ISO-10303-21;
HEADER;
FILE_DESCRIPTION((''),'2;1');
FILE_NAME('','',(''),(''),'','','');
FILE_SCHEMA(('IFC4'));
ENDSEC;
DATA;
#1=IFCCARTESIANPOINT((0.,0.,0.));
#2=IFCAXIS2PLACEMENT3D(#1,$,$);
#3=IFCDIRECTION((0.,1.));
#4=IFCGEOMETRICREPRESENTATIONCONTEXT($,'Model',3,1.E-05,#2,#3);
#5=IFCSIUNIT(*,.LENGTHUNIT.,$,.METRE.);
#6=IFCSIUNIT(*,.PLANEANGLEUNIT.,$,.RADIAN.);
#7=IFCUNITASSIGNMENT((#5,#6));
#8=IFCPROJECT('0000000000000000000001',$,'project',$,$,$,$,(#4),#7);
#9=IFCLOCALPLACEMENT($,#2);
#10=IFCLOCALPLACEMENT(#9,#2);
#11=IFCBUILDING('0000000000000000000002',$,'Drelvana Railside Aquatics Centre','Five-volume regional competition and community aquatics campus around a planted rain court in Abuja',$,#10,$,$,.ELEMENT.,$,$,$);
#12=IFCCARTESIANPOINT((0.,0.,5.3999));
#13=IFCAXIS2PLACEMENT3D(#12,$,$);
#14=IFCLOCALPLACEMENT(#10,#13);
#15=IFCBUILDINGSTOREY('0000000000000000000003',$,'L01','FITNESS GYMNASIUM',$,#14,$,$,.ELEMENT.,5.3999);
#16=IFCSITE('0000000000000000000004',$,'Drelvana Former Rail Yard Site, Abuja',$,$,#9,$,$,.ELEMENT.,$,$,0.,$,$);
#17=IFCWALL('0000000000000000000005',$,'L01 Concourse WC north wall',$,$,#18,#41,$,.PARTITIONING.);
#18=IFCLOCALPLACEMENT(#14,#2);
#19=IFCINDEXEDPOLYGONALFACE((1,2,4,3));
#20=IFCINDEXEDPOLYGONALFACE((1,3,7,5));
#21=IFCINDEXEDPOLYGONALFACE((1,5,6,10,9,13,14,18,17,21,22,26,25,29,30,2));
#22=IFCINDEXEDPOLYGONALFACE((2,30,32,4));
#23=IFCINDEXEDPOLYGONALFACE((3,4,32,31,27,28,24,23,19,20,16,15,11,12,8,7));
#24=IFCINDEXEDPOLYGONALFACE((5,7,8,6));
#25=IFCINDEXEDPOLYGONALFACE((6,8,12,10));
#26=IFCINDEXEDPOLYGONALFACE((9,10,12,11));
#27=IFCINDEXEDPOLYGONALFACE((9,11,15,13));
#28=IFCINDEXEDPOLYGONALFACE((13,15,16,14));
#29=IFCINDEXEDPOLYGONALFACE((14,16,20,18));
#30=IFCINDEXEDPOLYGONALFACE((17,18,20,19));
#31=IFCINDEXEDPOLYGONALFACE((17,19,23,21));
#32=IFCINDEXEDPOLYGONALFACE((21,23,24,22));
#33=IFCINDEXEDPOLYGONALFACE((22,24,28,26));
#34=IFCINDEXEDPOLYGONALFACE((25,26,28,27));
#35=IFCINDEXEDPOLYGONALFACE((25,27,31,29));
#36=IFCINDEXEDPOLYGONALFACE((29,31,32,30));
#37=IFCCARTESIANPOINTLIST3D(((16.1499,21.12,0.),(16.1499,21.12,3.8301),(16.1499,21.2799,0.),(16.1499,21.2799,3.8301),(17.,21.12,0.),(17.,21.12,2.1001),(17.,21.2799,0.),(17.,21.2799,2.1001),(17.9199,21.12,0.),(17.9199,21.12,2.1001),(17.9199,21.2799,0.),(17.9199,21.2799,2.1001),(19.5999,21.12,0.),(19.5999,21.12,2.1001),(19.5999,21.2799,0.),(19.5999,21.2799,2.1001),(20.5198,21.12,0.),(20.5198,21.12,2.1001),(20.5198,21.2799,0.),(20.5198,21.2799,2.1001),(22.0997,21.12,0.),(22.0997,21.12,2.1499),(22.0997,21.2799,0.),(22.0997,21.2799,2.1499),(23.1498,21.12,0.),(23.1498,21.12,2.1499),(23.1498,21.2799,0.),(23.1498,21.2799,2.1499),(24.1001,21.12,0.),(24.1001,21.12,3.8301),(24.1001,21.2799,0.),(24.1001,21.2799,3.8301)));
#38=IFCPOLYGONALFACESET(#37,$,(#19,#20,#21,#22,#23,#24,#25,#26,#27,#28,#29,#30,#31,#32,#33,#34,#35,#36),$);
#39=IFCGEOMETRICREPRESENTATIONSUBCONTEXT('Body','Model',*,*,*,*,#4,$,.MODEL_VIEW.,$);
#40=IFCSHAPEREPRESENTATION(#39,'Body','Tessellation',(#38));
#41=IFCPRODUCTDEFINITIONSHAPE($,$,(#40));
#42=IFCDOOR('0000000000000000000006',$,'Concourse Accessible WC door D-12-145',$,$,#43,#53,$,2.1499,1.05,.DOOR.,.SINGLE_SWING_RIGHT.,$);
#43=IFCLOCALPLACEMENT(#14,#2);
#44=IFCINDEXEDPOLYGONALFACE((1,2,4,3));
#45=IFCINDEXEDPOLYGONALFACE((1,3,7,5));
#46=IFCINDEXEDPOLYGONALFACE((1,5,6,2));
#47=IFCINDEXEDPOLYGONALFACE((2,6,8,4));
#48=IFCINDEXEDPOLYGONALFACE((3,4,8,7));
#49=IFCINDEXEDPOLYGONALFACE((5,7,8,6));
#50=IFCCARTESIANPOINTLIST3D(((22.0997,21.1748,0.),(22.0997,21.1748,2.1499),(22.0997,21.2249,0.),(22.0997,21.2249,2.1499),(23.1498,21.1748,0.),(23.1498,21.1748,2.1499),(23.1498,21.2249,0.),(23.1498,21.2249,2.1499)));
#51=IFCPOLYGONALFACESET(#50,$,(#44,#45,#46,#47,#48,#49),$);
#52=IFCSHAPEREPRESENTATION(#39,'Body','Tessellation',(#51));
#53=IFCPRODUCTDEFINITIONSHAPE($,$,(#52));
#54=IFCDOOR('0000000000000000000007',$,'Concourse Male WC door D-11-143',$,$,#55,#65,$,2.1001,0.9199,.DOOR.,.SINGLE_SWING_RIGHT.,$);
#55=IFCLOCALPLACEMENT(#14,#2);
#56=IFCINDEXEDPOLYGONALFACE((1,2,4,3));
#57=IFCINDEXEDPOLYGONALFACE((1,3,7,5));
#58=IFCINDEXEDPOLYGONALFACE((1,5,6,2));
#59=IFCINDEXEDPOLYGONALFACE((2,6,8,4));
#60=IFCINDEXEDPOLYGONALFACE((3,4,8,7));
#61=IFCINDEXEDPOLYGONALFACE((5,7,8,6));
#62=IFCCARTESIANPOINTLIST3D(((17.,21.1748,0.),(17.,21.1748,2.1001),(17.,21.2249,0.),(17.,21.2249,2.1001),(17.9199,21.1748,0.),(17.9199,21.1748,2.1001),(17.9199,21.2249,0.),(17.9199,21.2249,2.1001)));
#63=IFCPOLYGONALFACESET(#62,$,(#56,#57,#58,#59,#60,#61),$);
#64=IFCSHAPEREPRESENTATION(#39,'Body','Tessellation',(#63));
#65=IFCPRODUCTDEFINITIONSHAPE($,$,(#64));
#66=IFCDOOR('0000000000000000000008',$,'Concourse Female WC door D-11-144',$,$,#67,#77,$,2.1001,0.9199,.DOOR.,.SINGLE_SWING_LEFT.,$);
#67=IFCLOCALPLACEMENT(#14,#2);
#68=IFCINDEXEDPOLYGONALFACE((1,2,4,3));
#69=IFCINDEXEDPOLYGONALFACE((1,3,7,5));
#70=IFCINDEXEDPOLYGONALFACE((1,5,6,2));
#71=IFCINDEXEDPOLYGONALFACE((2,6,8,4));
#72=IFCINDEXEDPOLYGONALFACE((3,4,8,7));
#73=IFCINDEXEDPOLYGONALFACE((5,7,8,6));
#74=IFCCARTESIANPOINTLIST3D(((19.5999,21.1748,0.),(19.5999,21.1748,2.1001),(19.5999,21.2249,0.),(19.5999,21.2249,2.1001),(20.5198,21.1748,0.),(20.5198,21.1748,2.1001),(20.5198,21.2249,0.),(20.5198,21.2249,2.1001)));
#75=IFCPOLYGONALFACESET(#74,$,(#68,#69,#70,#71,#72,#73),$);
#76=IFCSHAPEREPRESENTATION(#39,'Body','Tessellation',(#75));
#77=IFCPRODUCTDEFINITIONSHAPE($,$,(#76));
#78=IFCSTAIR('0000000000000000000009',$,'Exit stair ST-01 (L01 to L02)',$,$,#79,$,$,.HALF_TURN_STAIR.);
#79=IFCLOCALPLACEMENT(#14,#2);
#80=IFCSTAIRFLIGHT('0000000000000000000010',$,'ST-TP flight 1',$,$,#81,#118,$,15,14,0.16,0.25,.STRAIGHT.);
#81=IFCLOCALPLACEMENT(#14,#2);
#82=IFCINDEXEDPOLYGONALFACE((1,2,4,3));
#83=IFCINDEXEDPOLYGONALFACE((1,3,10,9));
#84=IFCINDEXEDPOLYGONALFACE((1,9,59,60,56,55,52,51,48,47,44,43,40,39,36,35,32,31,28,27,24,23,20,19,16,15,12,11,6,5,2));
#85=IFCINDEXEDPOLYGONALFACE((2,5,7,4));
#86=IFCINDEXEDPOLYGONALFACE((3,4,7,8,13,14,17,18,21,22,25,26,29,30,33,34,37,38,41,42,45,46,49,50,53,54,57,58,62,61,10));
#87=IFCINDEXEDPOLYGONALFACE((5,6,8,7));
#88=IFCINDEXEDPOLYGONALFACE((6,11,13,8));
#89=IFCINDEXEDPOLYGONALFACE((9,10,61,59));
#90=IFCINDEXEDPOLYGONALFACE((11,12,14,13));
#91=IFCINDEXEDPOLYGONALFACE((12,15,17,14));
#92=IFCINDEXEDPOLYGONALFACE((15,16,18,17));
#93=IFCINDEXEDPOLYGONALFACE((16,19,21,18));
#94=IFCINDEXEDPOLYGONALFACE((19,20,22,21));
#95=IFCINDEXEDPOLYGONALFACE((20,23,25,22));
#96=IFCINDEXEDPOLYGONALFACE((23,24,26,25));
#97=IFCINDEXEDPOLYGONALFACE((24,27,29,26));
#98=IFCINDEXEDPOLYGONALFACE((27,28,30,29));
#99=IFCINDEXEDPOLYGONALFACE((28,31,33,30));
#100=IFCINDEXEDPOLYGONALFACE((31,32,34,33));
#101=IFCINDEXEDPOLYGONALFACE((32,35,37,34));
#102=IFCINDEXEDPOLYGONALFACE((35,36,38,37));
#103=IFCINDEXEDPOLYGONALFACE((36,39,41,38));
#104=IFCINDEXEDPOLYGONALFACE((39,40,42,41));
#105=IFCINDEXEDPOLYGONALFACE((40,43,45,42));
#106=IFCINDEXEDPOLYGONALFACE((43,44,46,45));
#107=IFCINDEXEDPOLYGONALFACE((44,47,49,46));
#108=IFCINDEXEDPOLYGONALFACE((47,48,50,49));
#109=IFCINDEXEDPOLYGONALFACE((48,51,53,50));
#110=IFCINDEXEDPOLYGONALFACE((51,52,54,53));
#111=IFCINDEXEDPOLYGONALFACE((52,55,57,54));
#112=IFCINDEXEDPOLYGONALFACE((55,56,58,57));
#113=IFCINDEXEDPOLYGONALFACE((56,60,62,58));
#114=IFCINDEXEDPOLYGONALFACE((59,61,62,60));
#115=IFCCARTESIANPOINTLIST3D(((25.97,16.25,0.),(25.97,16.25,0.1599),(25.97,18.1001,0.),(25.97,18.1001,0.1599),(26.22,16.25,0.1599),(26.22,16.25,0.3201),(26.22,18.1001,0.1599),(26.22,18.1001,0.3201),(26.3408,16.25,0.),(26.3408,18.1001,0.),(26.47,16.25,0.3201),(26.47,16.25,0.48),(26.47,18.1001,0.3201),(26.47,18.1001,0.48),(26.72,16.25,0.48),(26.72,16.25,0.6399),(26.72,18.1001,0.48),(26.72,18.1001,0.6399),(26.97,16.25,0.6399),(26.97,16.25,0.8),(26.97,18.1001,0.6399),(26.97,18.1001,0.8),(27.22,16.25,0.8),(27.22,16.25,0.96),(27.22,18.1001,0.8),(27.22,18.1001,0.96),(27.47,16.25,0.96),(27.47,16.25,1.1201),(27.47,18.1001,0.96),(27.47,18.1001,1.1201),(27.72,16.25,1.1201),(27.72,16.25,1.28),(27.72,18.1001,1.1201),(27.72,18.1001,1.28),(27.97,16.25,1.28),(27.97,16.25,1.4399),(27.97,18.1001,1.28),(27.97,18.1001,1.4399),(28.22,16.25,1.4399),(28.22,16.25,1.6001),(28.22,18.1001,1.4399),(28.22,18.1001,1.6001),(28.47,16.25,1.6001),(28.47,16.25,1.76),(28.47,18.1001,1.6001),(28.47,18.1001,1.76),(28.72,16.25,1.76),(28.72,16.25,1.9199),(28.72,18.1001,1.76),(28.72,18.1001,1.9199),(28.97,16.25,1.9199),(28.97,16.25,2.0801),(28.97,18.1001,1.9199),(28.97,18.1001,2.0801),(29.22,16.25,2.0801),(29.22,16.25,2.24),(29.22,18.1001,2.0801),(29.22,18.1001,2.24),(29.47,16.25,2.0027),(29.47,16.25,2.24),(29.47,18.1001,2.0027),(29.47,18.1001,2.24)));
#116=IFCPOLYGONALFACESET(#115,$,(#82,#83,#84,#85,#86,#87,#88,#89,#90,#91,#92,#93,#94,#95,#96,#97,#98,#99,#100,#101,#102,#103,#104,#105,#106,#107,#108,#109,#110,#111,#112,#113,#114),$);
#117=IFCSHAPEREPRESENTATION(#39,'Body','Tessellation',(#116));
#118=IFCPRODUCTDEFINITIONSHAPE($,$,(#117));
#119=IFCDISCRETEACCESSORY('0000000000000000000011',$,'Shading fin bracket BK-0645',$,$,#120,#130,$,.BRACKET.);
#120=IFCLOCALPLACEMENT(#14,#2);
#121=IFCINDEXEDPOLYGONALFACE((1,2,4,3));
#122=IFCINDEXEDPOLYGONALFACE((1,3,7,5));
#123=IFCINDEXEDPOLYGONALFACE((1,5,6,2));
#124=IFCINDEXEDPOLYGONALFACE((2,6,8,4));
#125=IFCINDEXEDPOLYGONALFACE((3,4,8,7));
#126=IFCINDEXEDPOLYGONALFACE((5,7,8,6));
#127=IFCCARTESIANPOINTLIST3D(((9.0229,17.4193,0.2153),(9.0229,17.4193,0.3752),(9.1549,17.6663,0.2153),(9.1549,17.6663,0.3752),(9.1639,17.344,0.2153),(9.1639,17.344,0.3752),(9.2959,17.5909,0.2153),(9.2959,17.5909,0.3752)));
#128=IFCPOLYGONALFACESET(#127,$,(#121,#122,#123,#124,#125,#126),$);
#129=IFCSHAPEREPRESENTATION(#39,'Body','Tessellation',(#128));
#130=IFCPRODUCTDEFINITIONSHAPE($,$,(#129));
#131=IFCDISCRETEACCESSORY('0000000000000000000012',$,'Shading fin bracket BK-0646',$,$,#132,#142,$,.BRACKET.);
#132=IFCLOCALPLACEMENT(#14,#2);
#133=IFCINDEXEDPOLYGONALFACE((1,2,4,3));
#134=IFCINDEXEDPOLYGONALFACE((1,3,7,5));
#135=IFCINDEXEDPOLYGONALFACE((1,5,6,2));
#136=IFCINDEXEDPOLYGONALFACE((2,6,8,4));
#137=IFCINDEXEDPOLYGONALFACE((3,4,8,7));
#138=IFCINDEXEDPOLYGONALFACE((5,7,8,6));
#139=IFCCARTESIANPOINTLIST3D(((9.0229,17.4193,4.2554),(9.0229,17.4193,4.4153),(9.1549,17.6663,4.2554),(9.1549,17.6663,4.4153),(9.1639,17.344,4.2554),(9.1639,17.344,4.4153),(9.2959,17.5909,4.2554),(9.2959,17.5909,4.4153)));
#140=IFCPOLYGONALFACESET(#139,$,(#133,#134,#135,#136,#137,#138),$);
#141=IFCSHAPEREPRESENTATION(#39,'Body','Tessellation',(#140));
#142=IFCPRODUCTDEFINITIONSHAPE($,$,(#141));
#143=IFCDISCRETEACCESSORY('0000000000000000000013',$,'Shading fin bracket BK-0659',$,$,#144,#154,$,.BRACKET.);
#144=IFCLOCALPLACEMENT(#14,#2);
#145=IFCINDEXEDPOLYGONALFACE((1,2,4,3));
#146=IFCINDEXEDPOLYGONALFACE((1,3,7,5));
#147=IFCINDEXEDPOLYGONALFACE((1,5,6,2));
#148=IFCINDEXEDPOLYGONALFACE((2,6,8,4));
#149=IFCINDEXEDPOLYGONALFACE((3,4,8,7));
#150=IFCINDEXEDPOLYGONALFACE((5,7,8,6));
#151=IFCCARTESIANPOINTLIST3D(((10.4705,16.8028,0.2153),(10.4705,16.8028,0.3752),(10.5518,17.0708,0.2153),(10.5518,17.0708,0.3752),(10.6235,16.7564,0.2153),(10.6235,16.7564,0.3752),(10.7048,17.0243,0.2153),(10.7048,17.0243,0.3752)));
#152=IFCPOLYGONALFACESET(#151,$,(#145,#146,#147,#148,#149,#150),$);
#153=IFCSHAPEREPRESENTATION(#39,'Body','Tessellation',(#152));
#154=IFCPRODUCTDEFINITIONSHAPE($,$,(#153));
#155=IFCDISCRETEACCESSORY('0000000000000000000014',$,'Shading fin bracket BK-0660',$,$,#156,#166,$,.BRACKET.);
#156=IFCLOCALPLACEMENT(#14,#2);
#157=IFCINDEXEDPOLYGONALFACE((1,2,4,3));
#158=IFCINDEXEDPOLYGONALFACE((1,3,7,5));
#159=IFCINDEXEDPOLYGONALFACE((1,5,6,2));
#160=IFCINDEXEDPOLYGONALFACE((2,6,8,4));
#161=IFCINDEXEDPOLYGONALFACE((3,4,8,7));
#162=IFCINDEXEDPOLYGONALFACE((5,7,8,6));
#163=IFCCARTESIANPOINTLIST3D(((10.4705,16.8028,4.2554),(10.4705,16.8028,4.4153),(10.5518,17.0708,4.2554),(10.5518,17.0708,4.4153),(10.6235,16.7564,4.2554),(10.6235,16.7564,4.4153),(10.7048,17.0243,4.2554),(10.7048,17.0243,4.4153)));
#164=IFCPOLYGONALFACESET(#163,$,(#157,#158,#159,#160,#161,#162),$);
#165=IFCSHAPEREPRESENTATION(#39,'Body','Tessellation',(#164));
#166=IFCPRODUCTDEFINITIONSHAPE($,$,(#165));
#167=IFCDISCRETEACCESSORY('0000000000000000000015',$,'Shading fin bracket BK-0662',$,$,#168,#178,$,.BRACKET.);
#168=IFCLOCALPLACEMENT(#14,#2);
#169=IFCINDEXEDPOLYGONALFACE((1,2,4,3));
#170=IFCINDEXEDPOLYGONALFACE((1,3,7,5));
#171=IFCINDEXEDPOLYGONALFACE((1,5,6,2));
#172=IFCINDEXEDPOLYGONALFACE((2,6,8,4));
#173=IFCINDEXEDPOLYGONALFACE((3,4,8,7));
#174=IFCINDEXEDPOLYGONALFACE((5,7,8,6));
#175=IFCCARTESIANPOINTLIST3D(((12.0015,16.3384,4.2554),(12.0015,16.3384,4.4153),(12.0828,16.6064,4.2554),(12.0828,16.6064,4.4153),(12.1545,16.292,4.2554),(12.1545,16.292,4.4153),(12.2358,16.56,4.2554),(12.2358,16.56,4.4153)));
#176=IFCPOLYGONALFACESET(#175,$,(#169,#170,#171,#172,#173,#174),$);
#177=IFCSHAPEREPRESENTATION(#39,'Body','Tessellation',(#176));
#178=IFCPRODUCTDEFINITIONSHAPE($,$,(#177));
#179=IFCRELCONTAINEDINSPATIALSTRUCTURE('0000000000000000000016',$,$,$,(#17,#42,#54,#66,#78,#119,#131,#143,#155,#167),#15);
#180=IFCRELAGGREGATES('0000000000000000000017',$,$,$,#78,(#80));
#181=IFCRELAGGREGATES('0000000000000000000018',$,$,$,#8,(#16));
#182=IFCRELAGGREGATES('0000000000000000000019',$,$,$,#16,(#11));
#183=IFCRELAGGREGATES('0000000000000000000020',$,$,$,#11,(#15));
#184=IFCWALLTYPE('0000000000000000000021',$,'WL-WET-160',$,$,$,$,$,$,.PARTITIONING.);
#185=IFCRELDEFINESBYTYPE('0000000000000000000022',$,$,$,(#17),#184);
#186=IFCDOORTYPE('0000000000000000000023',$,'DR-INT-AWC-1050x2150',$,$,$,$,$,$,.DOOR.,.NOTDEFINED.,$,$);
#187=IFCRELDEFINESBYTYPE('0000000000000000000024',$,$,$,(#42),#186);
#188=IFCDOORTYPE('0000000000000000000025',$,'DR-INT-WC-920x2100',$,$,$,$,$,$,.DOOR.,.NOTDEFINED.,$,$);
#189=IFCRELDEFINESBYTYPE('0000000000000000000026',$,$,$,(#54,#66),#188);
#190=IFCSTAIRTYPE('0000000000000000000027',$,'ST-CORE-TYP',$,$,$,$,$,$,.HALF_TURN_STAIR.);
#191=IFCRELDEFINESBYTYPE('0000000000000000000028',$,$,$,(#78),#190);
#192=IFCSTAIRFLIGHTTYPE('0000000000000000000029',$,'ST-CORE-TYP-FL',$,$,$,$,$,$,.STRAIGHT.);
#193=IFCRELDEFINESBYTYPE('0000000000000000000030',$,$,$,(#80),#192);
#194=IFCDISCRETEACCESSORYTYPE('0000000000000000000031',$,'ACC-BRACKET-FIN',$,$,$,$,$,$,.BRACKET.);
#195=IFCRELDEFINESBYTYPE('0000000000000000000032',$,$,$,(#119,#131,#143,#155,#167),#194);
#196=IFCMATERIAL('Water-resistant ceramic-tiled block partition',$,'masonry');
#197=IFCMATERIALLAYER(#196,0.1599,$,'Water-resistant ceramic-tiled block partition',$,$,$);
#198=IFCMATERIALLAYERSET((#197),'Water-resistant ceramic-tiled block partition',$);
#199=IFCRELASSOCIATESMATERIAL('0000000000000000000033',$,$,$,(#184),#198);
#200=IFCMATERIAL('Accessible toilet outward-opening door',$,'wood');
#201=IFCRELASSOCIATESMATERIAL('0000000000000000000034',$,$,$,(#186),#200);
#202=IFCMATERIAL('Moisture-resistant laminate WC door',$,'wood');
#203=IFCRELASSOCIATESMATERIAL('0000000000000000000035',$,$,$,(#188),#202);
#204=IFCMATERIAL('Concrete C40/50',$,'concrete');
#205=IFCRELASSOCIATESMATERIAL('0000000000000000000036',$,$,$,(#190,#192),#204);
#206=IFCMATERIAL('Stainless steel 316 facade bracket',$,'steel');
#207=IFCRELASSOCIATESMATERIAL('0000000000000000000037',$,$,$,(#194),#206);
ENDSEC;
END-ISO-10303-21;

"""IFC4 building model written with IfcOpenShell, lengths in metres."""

from ifc_helpers import new_model, si_unit, direction, frame, frame_2d, origin, origin_2d, place, context, subcontext, project, spatial, polyline, rectangle, outline, extrude, material, layer, layer_set, type_object, element, fill, aggregate, save


model = new_model("IFC4")

# Units and contexts
model_context = context("Model", 3, precision=1e-05, world=origin(), true_north=direction((0.0, 1.0)))
body_context = subcontext(model_context, "Body", "Model", "MODEL_VIEW")
ifc_project = project(units=[si_unit("LENGTHUNIT", "METRE"), si_unit("PLANEANGLEUNIT", "RADIAN")], contexts=[model_context])

# Site, building, storey
site_placement = place(None, origin())
site = spatial("IfcSite", under=ifc_project, at=site_placement, Name="Drelvana Former Rail Yard Site, Abuja", CompositionType="ELEMENT", RefElevation=0.0)
building_placement = place(site_placement, origin())
building = spatial("IfcBuilding", under=site, at=building_placement, Name="Drelvana Railside Aquatics Centre", Description="Five-volume regional competition and community aquatics campus around a planted rain court in Abuja", CompositionType="ELEMENT")
storey_placement = place(building_placement, frame((0.0, 0.0, 5.3999)))
storey = spatial("IfcBuildingStorey", under=building, at=storey_placement, Name="L01", Description="FITNESS GYMNASIUM", CompositionType="ELEMENT", Elevation=5.3999)

# Shared definitions
ifc_material_1 = material(Name="Concrete C40/50", Category="concrete")

# Wall, openings, doors
ifc_material_2 = material(Name="Water-resistant ceramic-tiled block partition", Category="masonry")
ifc_layer_1 = layer(ifc_material_2, 0.1599, Name="Water-resistant ceramic-tiled block partition")
ifc_layer_set_1 = layer_set([ifc_layer_1], Name="Water-resistant ceramic-tiled block partition")
wall_type_1 = type_object("IfcWallType", Name="WL-WET-160", PredefinedType="PARTITIONING", material=ifc_layer_set_1)
wall_1_placement = place(storey_placement, frame((16.1499, 21.2, 0.0), z_axis=(0.0, 0.0, 1.0), x_axis=(1.0, 0.0, 0.0)))
wall_1 = element("IfcWall", 1, at=wall_1_placement, inside=storey, type_object=wall_type_1, Name="L01 Concourse WC north wall", PredefinedType="PARTITIONING", context=body_context, shape_type="SweptSolid", body=[
    extrude(rectangle(XDim=7.9502, YDim=0.1599, at=frame_2d((3.9751, 0.0))), origin(), (0.0, 0.0, 1.0), 3.8301),
])
opening_1_placement = place(wall_1_placement, frame((0.8501, 0.0, 0.0)))
opening_1 = element("IfcOpeningElement", 2, at=opening_1_placement, cuts=wall_1, PredefinedType="OPENING", context=body_context, shape_type="SweptSolid", body=[
    extrude(rectangle(XDim=0.9199, YDim=2.1001, at=frame_2d((0.46, 1.05))), frame((0.0, 0.0898, 0.0), z_axis=(0.0, -1.0, 0.0), x_axis=(1.0, 0.0, 0.0)), (0.0, 0.0, 1.0), 0.1799),
])
opening_2_placement = place(wall_1_placement, frame((3.45, 0.0, 0.0)))
opening_2 = element("IfcOpeningElement", 3, at=opening_2_placement, cuts=wall_1, PredefinedType="OPENING", context=body_context, shape_type="SweptSolid", body=[
    extrude(rectangle(XDim=0.9199, YDim=2.1001, at=frame_2d((0.46, 1.05))), frame((0.0, 0.0898, 0.0), z_axis=(0.0, -1.0, 0.0), x_axis=(1.0, 0.0, 0.0)), (0.0, 0.0, 1.0), 0.1799),
])
opening_3_placement = place(wall_1_placement, frame((5.95, 0.0, 0.0)))
opening_3 = element("IfcOpeningElement", 4, at=opening_3_placement, cuts=wall_1, PredefinedType="OPENING", context=body_context, shape_type="SweptSolid", body=[
    extrude(rectangle(XDim=1.05, YDim=2.1499, at=frame_2d((0.5249, 1.075))), frame((0.0, 0.0898, 0.0), z_axis=(0.0, -1.0, 0.0), x_axis=(1.0, 0.0, 0.0)), (0.0, 0.0, 1.0), 0.1799),
])
ifc_material_3 = material(Name="Accessible toilet outward-opening door", Category="wood")
door_type_1 = type_object("IfcDoorType", Name="DR-INT-AWC-1050x2150", OperationType="NOTDEFINED", PredefinedType="DOOR", material=ifc_material_3)
door_1_placement = place(opening_3_placement, origin())
door_1 = element("IfcDoor", 5, at=door_1_placement, inside=storey, type_object=door_type_1, Name="Concourse Accessible WC door D-12-145", OperationType="SINGLE_SWING_RIGHT", OverallHeight=2.1499, OverallWidth=1.05, PredefinedType="DOOR", context=body_context, shape_type="SweptSolid", body=[
    extrude(rectangle(XDim=1.05, YDim=2.1499, at=frame_2d((0.5249, 1.075))), frame((0.0, 0.0249, 0.0), z_axis=(0.0, -1.0, 0.0), x_axis=(1.0, 0.0, 0.0)), (0.0, 0.0, 1.0), 0.05),
])
fill(opening_3, door_1)
ifc_material_4 = material(Name="Moisture-resistant laminate WC door", Category="wood")
door_type_2 = type_object("IfcDoorType", Name="DR-INT-WC-920x2100", OperationType="NOTDEFINED", PredefinedType="DOOR", material=ifc_material_4)
door_2_placement = place(opening_1_placement, origin())
door_2 = element("IfcDoor", 6, at=door_2_placement, inside=storey, type_object=door_type_2, Name="Concourse Male WC door D-11-143", OperationType="SINGLE_SWING_RIGHT", OverallHeight=2.1001, OverallWidth=0.9199, PredefinedType="DOOR", context=body_context, shape_type="SweptSolid", body=[
    extrude(rectangle(XDim=0.9199, YDim=2.1001, at=frame_2d((0.46, 1.05))), frame((0.0, 0.0249, 0.0), z_axis=(0.0, -1.0, 0.0), x_axis=(1.0, 0.0, 0.0)), (0.0, 0.0, 1.0), 0.05),
])
fill(opening_1, door_2)
door_3_placement = place(opening_2_placement, origin())
door_3 = element("IfcDoor", 7, at=door_3_placement, inside=storey, type_object=door_type_2, Name="Concourse Female WC door D-11-144", OperationType="SINGLE_SWING_LEFT", OverallHeight=2.1001, OverallWidth=0.9199, PredefinedType="DOOR", context=body_context, shape_type="SweptSolid", body=[
    extrude(rectangle(XDim=0.9199, YDim=2.1001, at=frame_2d((0.46, 1.05))), frame((0.0, 0.0249, 0.0), z_axis=(0.0, -1.0, 0.0), x_axis=(1.0, 0.0, 0.0)), (0.0, 0.0, 1.0), 0.05),
])
fill(opening_2, door_3)

# Stair, stair flight
stair_type = type_object("IfcStairType", Name="ST-CORE-TYP", PredefinedType="HALF_TURN_STAIR", material=ifc_material_1)
stair_placement = place(storey_placement, origin())
stair = element("IfcStair", 8, at=stair_placement, inside=storey, type_object=stair_type, Name="Exit stair ST-01 (L01 to L02)", PredefinedType="HALF_TURN_STAIR")
stair_flight_type = type_object("IfcStairFlightType", Name="ST-CORE-TYP-FL", PredefinedType="STRAIGHT", material=ifc_material_1)
stair_flight_placement = place(storey_placement, frame((25.97, 17.175, 0.0), z_axis=(0.0, 0.0, 1.0), x_axis=(1.0, 0.0, 0.0)))
stair_flight = element("IfcStairFlight", 9, at=stair_flight_placement, type_object=stair_flight_type, Name="ST-TP flight 1", NumberOfRisers=15, NumberOfTreads=14, PredefinedType="STRAIGHT", RiserHeight=0.16, TreadLength=0.25, context=body_context, shape_type="SweptSolid", body=[
    extrude(outline(polyline([(0.0, 0.0), (0.0, 0.1599), (0.25, 0.1599), (0.25, 0.3201), (0.5, 0.3201), (0.5, 0.48), (0.75, 0.48), (0.75, 0.6399), (1.0, 0.6399), (1.0, 0.8), (1.25, 0.8), (1.25, 0.96), (1.5, 0.96), (1.5, 1.1201), (1.75, 1.1201), (1.75, 1.28), (2.0, 1.28), (2.0, 1.4399), (2.25, 1.4399), (2.25, 1.6001), (2.5, 1.6001), (2.5, 1.76), (2.75, 1.76), (2.75, 1.9199), (3.0, 1.9199), (3.0, 2.0801), (3.25, 2.0801), (3.25, 2.24), (3.5, 2.24), (3.5, 2.3999), (3.5, 2.0027), (0.3708, 0.0), (0.0, 0.0)])), frame((0.0, 0.925, 0.0), z_axis=(0.0, -1.0, 0.0), x_axis=(1.0, 0.0, 0.0)), (0.0, 0.0, 1.0), 1.8501),
])
aggregate(stair, [stair_flight])

# Discrete accessories
ifc_material_5 = material(Name="Stainless steel 316 facade bracket", Category="steel")
discrete_accessory_type = type_object("IfcDiscreteAccessoryType", Name="ACC-BRACKET-FIN", PredefinedType="BRACKET", material=ifc_material_5)
for number, where, z_axis, x_axis, name in (
    (10, (9.1594, 17.5051, 0.2153), (0.0, 0.0, 1.0), (-0.471397, -0.881921, 0.0), "Shading fin bracket BK-0645"),
    (11, (9.1594, 17.5051, 4.2554), (0.0, 0.0, 1.0), (-0.471397, -0.881921, 0.0), "Shading fin bracket BK-0646"),
    (12, (10.5876, 16.9136, 0.2153), (0.0, 0.0, 1.0), (-0.290285, -0.95694, 0.0), "Shading fin bracket BK-0659"),
    (13, (10.5876, 16.9136, 4.2554), (0.0, 0.0, 1.0), (-0.290285, -0.95694, 0.0), "Shading fin bracket BK-0660"),
    (14, (12.1187, 16.4492, 4.2554), (0.0, 0.0, 1.0), (-0.290285, -0.95694, 0.0), "Shading fin bracket BK-0662"),
):
    element("IfcDiscreteAccessory", number, at=place(storey_placement, frame(where, z_axis=z_axis, x_axis=x_axis)), inside=storey, type_object=discrete_accessory_type, Name=name, PredefinedType="BRACKET", context=body_context, shape_type="SweptSolid", body=[
        extrude(rectangle(XDim=0.28, YDim=0.1599, at=origin_2d()), origin(), (0.0, 0.0, 1.0), 0.1599),
    ])

save(model, "model.ifc")
